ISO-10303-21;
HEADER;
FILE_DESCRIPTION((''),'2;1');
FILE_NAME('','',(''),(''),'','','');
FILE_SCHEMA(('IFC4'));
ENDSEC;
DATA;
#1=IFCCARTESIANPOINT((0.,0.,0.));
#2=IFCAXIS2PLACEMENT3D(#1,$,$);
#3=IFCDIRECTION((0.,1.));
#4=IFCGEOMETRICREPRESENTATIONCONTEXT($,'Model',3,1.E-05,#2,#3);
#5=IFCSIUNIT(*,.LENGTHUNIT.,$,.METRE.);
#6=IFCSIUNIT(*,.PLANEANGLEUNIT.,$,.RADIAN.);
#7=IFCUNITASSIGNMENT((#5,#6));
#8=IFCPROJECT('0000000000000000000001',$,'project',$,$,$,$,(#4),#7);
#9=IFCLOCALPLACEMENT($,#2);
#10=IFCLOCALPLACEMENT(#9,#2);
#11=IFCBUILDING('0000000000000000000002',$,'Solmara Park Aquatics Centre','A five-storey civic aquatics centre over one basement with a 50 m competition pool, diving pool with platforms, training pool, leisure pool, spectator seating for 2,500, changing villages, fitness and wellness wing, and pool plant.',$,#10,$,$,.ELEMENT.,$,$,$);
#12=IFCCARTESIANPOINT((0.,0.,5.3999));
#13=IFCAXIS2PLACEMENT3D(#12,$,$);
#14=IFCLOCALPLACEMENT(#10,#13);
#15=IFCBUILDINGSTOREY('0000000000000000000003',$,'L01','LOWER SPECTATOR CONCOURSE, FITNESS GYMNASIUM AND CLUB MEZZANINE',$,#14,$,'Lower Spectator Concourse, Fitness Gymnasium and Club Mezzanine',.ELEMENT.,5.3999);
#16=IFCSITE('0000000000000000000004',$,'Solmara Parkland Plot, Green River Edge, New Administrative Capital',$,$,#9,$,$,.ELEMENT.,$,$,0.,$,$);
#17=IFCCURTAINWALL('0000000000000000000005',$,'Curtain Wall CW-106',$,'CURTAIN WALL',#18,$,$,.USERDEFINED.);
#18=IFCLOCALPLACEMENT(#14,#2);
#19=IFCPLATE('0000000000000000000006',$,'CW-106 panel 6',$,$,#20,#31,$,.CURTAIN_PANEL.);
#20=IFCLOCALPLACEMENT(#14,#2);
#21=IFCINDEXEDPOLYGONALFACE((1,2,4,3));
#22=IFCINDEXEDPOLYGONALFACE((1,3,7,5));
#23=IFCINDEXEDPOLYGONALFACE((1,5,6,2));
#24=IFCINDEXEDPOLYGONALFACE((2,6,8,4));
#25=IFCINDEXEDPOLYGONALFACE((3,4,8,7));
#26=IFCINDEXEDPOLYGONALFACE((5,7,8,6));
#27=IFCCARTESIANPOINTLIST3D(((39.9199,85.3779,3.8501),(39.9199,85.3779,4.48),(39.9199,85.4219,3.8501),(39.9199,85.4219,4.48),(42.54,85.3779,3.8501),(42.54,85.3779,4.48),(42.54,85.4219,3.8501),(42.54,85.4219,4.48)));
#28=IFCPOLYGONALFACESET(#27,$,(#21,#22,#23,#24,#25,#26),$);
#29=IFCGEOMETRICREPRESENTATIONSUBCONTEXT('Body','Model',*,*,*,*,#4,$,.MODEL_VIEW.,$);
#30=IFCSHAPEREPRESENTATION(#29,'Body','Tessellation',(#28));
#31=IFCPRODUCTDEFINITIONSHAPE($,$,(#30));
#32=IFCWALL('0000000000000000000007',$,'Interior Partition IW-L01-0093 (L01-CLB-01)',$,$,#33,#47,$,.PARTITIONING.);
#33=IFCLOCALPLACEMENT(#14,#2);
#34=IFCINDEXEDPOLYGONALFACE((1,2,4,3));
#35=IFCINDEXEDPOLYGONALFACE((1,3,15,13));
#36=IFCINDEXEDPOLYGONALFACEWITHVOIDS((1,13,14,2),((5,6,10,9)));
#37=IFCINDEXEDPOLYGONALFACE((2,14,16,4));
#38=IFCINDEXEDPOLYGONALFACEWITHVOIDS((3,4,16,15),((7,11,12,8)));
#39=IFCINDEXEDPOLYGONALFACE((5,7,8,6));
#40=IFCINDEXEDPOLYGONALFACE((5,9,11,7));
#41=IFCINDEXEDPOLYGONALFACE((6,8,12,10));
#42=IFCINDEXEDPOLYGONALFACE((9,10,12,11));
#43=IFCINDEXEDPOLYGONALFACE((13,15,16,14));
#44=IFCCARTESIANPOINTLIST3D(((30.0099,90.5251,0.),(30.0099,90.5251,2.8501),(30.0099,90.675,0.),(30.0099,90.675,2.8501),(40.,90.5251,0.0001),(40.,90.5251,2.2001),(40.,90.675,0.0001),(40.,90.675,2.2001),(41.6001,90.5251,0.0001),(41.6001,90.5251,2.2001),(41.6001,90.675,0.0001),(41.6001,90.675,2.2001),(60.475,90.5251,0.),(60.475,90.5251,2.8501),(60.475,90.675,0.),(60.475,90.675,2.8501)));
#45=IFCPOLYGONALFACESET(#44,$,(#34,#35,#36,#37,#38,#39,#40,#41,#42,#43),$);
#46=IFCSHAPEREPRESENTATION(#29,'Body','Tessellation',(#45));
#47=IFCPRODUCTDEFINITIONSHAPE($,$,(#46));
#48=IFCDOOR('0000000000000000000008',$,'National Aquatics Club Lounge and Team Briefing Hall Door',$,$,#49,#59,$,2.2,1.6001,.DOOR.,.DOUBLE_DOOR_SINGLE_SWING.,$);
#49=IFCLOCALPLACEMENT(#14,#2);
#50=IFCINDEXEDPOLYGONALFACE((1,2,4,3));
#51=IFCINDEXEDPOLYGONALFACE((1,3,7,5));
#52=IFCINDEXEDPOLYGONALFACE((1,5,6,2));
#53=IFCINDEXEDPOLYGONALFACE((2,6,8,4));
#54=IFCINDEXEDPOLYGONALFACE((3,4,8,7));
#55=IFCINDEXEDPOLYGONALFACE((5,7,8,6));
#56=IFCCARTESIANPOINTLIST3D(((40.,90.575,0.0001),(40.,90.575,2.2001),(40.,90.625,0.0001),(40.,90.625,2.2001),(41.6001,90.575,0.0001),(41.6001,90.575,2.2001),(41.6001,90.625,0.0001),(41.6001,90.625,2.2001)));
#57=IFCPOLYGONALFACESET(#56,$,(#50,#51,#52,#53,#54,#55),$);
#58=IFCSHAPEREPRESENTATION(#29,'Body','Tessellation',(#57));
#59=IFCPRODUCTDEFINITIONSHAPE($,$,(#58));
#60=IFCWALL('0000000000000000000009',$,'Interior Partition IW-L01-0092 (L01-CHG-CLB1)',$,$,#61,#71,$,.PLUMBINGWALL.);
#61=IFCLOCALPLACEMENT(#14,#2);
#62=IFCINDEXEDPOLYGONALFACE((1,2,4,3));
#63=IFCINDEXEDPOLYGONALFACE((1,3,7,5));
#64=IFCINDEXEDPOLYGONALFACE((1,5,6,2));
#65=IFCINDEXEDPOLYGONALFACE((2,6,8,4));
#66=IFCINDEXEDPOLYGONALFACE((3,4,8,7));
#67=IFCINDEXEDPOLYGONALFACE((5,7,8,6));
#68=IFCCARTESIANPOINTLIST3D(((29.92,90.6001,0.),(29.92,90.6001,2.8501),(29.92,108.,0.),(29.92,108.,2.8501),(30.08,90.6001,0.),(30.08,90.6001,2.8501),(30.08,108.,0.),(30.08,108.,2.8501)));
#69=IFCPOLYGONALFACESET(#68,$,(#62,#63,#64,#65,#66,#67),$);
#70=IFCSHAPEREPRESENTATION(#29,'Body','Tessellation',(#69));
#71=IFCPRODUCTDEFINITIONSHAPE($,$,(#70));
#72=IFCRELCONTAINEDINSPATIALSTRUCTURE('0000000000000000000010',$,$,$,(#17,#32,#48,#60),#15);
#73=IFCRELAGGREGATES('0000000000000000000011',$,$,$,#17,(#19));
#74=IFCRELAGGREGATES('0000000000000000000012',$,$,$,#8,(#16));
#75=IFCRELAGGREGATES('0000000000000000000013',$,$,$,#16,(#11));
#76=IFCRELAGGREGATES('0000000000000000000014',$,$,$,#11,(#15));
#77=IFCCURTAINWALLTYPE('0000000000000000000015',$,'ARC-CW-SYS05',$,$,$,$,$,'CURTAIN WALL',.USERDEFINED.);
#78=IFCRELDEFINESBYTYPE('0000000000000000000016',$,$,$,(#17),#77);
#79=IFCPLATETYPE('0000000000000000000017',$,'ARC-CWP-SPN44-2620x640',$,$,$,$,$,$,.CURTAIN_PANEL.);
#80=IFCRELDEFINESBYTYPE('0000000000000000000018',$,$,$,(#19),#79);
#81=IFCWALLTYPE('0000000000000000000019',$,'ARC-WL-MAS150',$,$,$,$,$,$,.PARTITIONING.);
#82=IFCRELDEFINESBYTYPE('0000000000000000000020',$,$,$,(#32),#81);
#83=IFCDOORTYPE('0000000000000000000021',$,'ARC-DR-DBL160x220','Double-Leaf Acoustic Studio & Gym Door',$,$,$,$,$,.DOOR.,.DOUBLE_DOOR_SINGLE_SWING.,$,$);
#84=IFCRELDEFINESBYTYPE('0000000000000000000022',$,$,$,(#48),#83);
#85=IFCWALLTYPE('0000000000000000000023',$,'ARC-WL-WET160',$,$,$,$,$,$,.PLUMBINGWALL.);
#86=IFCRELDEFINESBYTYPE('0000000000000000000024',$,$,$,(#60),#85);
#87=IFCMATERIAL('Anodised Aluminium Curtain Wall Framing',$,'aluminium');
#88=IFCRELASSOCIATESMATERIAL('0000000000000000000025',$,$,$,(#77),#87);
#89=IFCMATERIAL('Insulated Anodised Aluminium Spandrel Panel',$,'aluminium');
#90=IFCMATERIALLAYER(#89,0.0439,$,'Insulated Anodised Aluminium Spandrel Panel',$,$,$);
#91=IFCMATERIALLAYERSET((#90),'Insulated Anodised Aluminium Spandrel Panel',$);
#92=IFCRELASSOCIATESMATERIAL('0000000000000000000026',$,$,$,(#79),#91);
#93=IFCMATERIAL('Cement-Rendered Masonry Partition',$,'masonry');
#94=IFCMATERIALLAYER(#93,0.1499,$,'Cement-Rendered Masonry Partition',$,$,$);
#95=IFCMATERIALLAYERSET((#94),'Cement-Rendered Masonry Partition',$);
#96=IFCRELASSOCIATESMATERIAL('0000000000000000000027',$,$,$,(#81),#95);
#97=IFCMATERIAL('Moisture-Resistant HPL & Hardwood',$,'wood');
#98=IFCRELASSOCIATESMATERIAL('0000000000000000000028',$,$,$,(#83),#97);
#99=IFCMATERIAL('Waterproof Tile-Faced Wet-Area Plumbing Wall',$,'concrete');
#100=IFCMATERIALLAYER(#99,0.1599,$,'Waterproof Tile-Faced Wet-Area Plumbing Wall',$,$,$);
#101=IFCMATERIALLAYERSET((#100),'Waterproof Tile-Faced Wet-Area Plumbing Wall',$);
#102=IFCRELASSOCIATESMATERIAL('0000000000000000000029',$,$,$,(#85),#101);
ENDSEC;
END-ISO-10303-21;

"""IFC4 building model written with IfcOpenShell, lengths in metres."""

from ifc_helpers import new_model, si_unit, direction, frame, frame_2d, origin, origin_2d, place, context, subcontext, project, spatial, rectangle, extrude, material, layer, layer_set, type_object, element, fill, aggregate, save


model = new_model("IFC4")

# Units and contexts
model_context = context("Model", 3, precision=1e-05, world=origin(), true_north=direction((0.0, 1.0)))
body_context = subcontext(model_context, "Body", "Model", "MODEL_VIEW")
ifc_project = project(units=[si_unit("LENGTHUNIT", "METRE"), si_unit("PLANEANGLEUNIT", "RADIAN")], contexts=[model_context])

# Site, building, storey
site_placement = place(None, origin())
site = spatial("IfcSite", under=ifc_project, at=site_placement, Name="Solmara Parkland Plot, Green River Edge, New Administrative Capital", CompositionType="ELEMENT", RefElevation=0.0)
building_placement = place(site_placement, origin())
building = spatial("IfcBuilding", under=site, at=building_placement, Name="Solmara Park Aquatics Centre", Description="A five-storey civic aquatics centre over one basement with a 50 m competition pool, diving pool with platforms, training pool, leisure pool, spectator seating for 2,500, changing villages, fitness and wellness wing, and pool plant.", CompositionType="ELEMENT")
storey_placement = place(building_placement, frame((0.0, 0.0, 5.3999)))
storey = spatial("IfcBuildingStorey", under=building, at=storey_placement, Name="L01", Description="LOWER SPECTATOR CONCOURSE, FITNESS GYMNASIUM AND CLUB MEZZANINE", LongName="Lower Spectator Concourse, Fitness Gymnasium and Club Mezzanine", CompositionType="ELEMENT", Elevation=5.3999)

# Shared definitions
ifc_material_1 = material(Name="Anodised Aluminium Curtain Wall Framing", Category="aluminium")
curtain_wall_type = type_object("IfcCurtainWallType", Name="ARC-CW-SYS05", ElementType="CURTAIN WALL", PredefinedType="USERDEFINED", material=ifc_material_1)

# Curtain wall
curtain_wall_1_placement = place(storey_placement, origin())
curtain_wall_1 = element("IfcCurtainWall", 1, at=curtain_wall_1_placement, inside=storey, type_object=curtain_wall_type, Name="Curtain Wall CW-106", ObjectType="CURTAIN WALL", PredefinedType="USERDEFINED")

# Plate
ifc_material_2 = material(Name="Insulated Anodised Aluminium Spandrel Panel", Category="aluminium")
ifc_layer_1 = layer(ifc_material_2, 0.0439, Name="Insulated Anodised Aluminium Spandrel Panel")
ifc_layer_set_1 = layer_set([ifc_layer_1], Name="Insulated Anodised Aluminium Spandrel Panel")
plate_type_1 = type_object("IfcPlateType", Name="ARC-CWP-SPN44-2620x640", PredefinedType="CURTAIN_PANEL", material=ifc_layer_set_1)
plate_1_placement = place(storey_placement, frame((41.23, 85.3999, 3.8501), z_axis=(0.0, 0.0, 1.0), x_axis=(1.0, 0.0, 0.0)))
plate_1 = element("IfcPlate", 2, at=plate_1_placement, type_object=plate_type_1, Name="CW-106 panel 6", PredefinedType="CURTAIN_PANEL", context=body_context, shape_type="SweptSolid", body=[
    extrude(rectangle(XDim=2.6201, YDim=0.0439, at=origin_2d()), origin(), (0.0, 0.0, 1.0), 0.6299),
])
aggregate(curtain_wall_1, [plate_1])

# Wall, opening, door
ifc_material_3 = material(Name="Cement-Rendered Masonry Partition", Category="masonry")
ifc_layer_2 = layer(ifc_material_3, 0.1499, Name="Cement-Rendered Masonry Partition")
ifc_layer_set_2 = layer_set([ifc_layer_2], Name="Cement-Rendered Masonry Partition")
wall_type_1 = type_object("IfcWallType", Name="ARC-WL-MAS150", PredefinedType="PARTITIONING", material=ifc_layer_set_2)
wall_1_placement = place(storey_placement, frame((30.01, 90.6001, 0.0), z_axis=(0.0, 0.0, 1.0), x_axis=(1.0, 0.0, 0.0)))
wall_1 = element("IfcWall", 3, at=wall_1_placement, inside=storey, type_object=wall_type_1, Name="Interior Partition IW-L01-0093 (L01-CLB-01)", PredefinedType="PARTITIONING", context=body_context, shape_type="SweptSolid", body=[
    extrude(rectangle(XDim=30.4651, YDim=0.1499, at=frame_2d((15.2324, 0.0))), origin(), (0.0, 0.0, 1.0), 2.8501),
])
opening_placement = place(wall_1_placement, frame((9.99, 0.0, 0.0)))
opening = element("IfcOpeningElement", 4, at=opening_placement, cuts=wall_1, PredefinedType="OPENING", context=body_context, shape_type="SweptSolid", body=[
    extrude(rectangle(XDim=1.6001, YDim=2.2, at=frame_2d((0.8, 1.1001))), frame((0.0, 0.085, 0.0), z_axis=(0.0, -1.0, 0.0), x_axis=(1.0, 0.0, 0.0)), (0.0, 0.0, 1.0), 0.1699),
])
ifc_material_4 = material(Name="Moisture-Resistant HPL & Hardwood", Category="wood")
door_type = type_object("IfcDoorType", Name="ARC-DR-DBL160x220", Description="Double-Leaf Acoustic Studio & Gym Door", OperationType="DOUBLE_DOOR_SINGLE_SWING", PredefinedType="DOOR", material=ifc_material_4)
door_placement = place(opening_placement, origin())
door = element("IfcDoor", 5, at=door_placement, inside=storey, type_object=door_type, Name="National Aquatics Club Lounge and Team Briefing Hall Door", OperationType="DOUBLE_DOOR_SINGLE_SWING", OverallHeight=2.2, OverallWidth=1.6001, PredefinedType="DOOR", context=body_context, shape_type="SweptSolid", body=[
    extrude(rectangle(XDim=1.6001, YDim=2.2, at=frame_2d((0.8, 1.1001))), frame((0.0, 0.0249, 0.0), z_axis=(0.0, -1.0, 0.0), x_axis=(1.0, 0.0, 0.0)), (0.0, 0.0, 1.0), 0.05),
])
fill(opening, door)

# Wall
ifc_material_5 = material(Name="Waterproof Tile-Faced Wet-Area Plumbing Wall", Category="concrete")
ifc_layer_3 = layer(ifc_material_5, 0.1599, Name="Waterproof Tile-Faced Wet-Area Plumbing Wall")
ifc_layer_set_3 = layer_set([ifc_layer_3], Name="Waterproof Tile-Faced Wet-Area Plumbing Wall")
wall_type_2 = type_object("IfcWallType", Name="ARC-WL-WET160", PredefinedType="PLUMBINGWALL", material=ifc_layer_set_3)
wall_2_placement = place(storey_placement, frame((30.0, 90.6001, 0.0), z_axis=(0.0, 0.0, 1.0), x_axis=(0.0, 1.0, 0.0)))
element("IfcWall", 6, at=wall_2_placement, inside=storey, type_object=wall_type_2, Name="Interior Partition IW-L01-0092 (L01-CHG-CLB1)", PredefinedType="PLUMBINGWALL", context=body_context, shape_type="SweptSolid", body=[
    extrude(rectangle(XDim=17.3999, YDim=0.1599, at=frame_2d((8.7, 0.0))), origin(), (0.0, 0.0, 1.0), 2.8501),
])

save(model, "model.ifc")
